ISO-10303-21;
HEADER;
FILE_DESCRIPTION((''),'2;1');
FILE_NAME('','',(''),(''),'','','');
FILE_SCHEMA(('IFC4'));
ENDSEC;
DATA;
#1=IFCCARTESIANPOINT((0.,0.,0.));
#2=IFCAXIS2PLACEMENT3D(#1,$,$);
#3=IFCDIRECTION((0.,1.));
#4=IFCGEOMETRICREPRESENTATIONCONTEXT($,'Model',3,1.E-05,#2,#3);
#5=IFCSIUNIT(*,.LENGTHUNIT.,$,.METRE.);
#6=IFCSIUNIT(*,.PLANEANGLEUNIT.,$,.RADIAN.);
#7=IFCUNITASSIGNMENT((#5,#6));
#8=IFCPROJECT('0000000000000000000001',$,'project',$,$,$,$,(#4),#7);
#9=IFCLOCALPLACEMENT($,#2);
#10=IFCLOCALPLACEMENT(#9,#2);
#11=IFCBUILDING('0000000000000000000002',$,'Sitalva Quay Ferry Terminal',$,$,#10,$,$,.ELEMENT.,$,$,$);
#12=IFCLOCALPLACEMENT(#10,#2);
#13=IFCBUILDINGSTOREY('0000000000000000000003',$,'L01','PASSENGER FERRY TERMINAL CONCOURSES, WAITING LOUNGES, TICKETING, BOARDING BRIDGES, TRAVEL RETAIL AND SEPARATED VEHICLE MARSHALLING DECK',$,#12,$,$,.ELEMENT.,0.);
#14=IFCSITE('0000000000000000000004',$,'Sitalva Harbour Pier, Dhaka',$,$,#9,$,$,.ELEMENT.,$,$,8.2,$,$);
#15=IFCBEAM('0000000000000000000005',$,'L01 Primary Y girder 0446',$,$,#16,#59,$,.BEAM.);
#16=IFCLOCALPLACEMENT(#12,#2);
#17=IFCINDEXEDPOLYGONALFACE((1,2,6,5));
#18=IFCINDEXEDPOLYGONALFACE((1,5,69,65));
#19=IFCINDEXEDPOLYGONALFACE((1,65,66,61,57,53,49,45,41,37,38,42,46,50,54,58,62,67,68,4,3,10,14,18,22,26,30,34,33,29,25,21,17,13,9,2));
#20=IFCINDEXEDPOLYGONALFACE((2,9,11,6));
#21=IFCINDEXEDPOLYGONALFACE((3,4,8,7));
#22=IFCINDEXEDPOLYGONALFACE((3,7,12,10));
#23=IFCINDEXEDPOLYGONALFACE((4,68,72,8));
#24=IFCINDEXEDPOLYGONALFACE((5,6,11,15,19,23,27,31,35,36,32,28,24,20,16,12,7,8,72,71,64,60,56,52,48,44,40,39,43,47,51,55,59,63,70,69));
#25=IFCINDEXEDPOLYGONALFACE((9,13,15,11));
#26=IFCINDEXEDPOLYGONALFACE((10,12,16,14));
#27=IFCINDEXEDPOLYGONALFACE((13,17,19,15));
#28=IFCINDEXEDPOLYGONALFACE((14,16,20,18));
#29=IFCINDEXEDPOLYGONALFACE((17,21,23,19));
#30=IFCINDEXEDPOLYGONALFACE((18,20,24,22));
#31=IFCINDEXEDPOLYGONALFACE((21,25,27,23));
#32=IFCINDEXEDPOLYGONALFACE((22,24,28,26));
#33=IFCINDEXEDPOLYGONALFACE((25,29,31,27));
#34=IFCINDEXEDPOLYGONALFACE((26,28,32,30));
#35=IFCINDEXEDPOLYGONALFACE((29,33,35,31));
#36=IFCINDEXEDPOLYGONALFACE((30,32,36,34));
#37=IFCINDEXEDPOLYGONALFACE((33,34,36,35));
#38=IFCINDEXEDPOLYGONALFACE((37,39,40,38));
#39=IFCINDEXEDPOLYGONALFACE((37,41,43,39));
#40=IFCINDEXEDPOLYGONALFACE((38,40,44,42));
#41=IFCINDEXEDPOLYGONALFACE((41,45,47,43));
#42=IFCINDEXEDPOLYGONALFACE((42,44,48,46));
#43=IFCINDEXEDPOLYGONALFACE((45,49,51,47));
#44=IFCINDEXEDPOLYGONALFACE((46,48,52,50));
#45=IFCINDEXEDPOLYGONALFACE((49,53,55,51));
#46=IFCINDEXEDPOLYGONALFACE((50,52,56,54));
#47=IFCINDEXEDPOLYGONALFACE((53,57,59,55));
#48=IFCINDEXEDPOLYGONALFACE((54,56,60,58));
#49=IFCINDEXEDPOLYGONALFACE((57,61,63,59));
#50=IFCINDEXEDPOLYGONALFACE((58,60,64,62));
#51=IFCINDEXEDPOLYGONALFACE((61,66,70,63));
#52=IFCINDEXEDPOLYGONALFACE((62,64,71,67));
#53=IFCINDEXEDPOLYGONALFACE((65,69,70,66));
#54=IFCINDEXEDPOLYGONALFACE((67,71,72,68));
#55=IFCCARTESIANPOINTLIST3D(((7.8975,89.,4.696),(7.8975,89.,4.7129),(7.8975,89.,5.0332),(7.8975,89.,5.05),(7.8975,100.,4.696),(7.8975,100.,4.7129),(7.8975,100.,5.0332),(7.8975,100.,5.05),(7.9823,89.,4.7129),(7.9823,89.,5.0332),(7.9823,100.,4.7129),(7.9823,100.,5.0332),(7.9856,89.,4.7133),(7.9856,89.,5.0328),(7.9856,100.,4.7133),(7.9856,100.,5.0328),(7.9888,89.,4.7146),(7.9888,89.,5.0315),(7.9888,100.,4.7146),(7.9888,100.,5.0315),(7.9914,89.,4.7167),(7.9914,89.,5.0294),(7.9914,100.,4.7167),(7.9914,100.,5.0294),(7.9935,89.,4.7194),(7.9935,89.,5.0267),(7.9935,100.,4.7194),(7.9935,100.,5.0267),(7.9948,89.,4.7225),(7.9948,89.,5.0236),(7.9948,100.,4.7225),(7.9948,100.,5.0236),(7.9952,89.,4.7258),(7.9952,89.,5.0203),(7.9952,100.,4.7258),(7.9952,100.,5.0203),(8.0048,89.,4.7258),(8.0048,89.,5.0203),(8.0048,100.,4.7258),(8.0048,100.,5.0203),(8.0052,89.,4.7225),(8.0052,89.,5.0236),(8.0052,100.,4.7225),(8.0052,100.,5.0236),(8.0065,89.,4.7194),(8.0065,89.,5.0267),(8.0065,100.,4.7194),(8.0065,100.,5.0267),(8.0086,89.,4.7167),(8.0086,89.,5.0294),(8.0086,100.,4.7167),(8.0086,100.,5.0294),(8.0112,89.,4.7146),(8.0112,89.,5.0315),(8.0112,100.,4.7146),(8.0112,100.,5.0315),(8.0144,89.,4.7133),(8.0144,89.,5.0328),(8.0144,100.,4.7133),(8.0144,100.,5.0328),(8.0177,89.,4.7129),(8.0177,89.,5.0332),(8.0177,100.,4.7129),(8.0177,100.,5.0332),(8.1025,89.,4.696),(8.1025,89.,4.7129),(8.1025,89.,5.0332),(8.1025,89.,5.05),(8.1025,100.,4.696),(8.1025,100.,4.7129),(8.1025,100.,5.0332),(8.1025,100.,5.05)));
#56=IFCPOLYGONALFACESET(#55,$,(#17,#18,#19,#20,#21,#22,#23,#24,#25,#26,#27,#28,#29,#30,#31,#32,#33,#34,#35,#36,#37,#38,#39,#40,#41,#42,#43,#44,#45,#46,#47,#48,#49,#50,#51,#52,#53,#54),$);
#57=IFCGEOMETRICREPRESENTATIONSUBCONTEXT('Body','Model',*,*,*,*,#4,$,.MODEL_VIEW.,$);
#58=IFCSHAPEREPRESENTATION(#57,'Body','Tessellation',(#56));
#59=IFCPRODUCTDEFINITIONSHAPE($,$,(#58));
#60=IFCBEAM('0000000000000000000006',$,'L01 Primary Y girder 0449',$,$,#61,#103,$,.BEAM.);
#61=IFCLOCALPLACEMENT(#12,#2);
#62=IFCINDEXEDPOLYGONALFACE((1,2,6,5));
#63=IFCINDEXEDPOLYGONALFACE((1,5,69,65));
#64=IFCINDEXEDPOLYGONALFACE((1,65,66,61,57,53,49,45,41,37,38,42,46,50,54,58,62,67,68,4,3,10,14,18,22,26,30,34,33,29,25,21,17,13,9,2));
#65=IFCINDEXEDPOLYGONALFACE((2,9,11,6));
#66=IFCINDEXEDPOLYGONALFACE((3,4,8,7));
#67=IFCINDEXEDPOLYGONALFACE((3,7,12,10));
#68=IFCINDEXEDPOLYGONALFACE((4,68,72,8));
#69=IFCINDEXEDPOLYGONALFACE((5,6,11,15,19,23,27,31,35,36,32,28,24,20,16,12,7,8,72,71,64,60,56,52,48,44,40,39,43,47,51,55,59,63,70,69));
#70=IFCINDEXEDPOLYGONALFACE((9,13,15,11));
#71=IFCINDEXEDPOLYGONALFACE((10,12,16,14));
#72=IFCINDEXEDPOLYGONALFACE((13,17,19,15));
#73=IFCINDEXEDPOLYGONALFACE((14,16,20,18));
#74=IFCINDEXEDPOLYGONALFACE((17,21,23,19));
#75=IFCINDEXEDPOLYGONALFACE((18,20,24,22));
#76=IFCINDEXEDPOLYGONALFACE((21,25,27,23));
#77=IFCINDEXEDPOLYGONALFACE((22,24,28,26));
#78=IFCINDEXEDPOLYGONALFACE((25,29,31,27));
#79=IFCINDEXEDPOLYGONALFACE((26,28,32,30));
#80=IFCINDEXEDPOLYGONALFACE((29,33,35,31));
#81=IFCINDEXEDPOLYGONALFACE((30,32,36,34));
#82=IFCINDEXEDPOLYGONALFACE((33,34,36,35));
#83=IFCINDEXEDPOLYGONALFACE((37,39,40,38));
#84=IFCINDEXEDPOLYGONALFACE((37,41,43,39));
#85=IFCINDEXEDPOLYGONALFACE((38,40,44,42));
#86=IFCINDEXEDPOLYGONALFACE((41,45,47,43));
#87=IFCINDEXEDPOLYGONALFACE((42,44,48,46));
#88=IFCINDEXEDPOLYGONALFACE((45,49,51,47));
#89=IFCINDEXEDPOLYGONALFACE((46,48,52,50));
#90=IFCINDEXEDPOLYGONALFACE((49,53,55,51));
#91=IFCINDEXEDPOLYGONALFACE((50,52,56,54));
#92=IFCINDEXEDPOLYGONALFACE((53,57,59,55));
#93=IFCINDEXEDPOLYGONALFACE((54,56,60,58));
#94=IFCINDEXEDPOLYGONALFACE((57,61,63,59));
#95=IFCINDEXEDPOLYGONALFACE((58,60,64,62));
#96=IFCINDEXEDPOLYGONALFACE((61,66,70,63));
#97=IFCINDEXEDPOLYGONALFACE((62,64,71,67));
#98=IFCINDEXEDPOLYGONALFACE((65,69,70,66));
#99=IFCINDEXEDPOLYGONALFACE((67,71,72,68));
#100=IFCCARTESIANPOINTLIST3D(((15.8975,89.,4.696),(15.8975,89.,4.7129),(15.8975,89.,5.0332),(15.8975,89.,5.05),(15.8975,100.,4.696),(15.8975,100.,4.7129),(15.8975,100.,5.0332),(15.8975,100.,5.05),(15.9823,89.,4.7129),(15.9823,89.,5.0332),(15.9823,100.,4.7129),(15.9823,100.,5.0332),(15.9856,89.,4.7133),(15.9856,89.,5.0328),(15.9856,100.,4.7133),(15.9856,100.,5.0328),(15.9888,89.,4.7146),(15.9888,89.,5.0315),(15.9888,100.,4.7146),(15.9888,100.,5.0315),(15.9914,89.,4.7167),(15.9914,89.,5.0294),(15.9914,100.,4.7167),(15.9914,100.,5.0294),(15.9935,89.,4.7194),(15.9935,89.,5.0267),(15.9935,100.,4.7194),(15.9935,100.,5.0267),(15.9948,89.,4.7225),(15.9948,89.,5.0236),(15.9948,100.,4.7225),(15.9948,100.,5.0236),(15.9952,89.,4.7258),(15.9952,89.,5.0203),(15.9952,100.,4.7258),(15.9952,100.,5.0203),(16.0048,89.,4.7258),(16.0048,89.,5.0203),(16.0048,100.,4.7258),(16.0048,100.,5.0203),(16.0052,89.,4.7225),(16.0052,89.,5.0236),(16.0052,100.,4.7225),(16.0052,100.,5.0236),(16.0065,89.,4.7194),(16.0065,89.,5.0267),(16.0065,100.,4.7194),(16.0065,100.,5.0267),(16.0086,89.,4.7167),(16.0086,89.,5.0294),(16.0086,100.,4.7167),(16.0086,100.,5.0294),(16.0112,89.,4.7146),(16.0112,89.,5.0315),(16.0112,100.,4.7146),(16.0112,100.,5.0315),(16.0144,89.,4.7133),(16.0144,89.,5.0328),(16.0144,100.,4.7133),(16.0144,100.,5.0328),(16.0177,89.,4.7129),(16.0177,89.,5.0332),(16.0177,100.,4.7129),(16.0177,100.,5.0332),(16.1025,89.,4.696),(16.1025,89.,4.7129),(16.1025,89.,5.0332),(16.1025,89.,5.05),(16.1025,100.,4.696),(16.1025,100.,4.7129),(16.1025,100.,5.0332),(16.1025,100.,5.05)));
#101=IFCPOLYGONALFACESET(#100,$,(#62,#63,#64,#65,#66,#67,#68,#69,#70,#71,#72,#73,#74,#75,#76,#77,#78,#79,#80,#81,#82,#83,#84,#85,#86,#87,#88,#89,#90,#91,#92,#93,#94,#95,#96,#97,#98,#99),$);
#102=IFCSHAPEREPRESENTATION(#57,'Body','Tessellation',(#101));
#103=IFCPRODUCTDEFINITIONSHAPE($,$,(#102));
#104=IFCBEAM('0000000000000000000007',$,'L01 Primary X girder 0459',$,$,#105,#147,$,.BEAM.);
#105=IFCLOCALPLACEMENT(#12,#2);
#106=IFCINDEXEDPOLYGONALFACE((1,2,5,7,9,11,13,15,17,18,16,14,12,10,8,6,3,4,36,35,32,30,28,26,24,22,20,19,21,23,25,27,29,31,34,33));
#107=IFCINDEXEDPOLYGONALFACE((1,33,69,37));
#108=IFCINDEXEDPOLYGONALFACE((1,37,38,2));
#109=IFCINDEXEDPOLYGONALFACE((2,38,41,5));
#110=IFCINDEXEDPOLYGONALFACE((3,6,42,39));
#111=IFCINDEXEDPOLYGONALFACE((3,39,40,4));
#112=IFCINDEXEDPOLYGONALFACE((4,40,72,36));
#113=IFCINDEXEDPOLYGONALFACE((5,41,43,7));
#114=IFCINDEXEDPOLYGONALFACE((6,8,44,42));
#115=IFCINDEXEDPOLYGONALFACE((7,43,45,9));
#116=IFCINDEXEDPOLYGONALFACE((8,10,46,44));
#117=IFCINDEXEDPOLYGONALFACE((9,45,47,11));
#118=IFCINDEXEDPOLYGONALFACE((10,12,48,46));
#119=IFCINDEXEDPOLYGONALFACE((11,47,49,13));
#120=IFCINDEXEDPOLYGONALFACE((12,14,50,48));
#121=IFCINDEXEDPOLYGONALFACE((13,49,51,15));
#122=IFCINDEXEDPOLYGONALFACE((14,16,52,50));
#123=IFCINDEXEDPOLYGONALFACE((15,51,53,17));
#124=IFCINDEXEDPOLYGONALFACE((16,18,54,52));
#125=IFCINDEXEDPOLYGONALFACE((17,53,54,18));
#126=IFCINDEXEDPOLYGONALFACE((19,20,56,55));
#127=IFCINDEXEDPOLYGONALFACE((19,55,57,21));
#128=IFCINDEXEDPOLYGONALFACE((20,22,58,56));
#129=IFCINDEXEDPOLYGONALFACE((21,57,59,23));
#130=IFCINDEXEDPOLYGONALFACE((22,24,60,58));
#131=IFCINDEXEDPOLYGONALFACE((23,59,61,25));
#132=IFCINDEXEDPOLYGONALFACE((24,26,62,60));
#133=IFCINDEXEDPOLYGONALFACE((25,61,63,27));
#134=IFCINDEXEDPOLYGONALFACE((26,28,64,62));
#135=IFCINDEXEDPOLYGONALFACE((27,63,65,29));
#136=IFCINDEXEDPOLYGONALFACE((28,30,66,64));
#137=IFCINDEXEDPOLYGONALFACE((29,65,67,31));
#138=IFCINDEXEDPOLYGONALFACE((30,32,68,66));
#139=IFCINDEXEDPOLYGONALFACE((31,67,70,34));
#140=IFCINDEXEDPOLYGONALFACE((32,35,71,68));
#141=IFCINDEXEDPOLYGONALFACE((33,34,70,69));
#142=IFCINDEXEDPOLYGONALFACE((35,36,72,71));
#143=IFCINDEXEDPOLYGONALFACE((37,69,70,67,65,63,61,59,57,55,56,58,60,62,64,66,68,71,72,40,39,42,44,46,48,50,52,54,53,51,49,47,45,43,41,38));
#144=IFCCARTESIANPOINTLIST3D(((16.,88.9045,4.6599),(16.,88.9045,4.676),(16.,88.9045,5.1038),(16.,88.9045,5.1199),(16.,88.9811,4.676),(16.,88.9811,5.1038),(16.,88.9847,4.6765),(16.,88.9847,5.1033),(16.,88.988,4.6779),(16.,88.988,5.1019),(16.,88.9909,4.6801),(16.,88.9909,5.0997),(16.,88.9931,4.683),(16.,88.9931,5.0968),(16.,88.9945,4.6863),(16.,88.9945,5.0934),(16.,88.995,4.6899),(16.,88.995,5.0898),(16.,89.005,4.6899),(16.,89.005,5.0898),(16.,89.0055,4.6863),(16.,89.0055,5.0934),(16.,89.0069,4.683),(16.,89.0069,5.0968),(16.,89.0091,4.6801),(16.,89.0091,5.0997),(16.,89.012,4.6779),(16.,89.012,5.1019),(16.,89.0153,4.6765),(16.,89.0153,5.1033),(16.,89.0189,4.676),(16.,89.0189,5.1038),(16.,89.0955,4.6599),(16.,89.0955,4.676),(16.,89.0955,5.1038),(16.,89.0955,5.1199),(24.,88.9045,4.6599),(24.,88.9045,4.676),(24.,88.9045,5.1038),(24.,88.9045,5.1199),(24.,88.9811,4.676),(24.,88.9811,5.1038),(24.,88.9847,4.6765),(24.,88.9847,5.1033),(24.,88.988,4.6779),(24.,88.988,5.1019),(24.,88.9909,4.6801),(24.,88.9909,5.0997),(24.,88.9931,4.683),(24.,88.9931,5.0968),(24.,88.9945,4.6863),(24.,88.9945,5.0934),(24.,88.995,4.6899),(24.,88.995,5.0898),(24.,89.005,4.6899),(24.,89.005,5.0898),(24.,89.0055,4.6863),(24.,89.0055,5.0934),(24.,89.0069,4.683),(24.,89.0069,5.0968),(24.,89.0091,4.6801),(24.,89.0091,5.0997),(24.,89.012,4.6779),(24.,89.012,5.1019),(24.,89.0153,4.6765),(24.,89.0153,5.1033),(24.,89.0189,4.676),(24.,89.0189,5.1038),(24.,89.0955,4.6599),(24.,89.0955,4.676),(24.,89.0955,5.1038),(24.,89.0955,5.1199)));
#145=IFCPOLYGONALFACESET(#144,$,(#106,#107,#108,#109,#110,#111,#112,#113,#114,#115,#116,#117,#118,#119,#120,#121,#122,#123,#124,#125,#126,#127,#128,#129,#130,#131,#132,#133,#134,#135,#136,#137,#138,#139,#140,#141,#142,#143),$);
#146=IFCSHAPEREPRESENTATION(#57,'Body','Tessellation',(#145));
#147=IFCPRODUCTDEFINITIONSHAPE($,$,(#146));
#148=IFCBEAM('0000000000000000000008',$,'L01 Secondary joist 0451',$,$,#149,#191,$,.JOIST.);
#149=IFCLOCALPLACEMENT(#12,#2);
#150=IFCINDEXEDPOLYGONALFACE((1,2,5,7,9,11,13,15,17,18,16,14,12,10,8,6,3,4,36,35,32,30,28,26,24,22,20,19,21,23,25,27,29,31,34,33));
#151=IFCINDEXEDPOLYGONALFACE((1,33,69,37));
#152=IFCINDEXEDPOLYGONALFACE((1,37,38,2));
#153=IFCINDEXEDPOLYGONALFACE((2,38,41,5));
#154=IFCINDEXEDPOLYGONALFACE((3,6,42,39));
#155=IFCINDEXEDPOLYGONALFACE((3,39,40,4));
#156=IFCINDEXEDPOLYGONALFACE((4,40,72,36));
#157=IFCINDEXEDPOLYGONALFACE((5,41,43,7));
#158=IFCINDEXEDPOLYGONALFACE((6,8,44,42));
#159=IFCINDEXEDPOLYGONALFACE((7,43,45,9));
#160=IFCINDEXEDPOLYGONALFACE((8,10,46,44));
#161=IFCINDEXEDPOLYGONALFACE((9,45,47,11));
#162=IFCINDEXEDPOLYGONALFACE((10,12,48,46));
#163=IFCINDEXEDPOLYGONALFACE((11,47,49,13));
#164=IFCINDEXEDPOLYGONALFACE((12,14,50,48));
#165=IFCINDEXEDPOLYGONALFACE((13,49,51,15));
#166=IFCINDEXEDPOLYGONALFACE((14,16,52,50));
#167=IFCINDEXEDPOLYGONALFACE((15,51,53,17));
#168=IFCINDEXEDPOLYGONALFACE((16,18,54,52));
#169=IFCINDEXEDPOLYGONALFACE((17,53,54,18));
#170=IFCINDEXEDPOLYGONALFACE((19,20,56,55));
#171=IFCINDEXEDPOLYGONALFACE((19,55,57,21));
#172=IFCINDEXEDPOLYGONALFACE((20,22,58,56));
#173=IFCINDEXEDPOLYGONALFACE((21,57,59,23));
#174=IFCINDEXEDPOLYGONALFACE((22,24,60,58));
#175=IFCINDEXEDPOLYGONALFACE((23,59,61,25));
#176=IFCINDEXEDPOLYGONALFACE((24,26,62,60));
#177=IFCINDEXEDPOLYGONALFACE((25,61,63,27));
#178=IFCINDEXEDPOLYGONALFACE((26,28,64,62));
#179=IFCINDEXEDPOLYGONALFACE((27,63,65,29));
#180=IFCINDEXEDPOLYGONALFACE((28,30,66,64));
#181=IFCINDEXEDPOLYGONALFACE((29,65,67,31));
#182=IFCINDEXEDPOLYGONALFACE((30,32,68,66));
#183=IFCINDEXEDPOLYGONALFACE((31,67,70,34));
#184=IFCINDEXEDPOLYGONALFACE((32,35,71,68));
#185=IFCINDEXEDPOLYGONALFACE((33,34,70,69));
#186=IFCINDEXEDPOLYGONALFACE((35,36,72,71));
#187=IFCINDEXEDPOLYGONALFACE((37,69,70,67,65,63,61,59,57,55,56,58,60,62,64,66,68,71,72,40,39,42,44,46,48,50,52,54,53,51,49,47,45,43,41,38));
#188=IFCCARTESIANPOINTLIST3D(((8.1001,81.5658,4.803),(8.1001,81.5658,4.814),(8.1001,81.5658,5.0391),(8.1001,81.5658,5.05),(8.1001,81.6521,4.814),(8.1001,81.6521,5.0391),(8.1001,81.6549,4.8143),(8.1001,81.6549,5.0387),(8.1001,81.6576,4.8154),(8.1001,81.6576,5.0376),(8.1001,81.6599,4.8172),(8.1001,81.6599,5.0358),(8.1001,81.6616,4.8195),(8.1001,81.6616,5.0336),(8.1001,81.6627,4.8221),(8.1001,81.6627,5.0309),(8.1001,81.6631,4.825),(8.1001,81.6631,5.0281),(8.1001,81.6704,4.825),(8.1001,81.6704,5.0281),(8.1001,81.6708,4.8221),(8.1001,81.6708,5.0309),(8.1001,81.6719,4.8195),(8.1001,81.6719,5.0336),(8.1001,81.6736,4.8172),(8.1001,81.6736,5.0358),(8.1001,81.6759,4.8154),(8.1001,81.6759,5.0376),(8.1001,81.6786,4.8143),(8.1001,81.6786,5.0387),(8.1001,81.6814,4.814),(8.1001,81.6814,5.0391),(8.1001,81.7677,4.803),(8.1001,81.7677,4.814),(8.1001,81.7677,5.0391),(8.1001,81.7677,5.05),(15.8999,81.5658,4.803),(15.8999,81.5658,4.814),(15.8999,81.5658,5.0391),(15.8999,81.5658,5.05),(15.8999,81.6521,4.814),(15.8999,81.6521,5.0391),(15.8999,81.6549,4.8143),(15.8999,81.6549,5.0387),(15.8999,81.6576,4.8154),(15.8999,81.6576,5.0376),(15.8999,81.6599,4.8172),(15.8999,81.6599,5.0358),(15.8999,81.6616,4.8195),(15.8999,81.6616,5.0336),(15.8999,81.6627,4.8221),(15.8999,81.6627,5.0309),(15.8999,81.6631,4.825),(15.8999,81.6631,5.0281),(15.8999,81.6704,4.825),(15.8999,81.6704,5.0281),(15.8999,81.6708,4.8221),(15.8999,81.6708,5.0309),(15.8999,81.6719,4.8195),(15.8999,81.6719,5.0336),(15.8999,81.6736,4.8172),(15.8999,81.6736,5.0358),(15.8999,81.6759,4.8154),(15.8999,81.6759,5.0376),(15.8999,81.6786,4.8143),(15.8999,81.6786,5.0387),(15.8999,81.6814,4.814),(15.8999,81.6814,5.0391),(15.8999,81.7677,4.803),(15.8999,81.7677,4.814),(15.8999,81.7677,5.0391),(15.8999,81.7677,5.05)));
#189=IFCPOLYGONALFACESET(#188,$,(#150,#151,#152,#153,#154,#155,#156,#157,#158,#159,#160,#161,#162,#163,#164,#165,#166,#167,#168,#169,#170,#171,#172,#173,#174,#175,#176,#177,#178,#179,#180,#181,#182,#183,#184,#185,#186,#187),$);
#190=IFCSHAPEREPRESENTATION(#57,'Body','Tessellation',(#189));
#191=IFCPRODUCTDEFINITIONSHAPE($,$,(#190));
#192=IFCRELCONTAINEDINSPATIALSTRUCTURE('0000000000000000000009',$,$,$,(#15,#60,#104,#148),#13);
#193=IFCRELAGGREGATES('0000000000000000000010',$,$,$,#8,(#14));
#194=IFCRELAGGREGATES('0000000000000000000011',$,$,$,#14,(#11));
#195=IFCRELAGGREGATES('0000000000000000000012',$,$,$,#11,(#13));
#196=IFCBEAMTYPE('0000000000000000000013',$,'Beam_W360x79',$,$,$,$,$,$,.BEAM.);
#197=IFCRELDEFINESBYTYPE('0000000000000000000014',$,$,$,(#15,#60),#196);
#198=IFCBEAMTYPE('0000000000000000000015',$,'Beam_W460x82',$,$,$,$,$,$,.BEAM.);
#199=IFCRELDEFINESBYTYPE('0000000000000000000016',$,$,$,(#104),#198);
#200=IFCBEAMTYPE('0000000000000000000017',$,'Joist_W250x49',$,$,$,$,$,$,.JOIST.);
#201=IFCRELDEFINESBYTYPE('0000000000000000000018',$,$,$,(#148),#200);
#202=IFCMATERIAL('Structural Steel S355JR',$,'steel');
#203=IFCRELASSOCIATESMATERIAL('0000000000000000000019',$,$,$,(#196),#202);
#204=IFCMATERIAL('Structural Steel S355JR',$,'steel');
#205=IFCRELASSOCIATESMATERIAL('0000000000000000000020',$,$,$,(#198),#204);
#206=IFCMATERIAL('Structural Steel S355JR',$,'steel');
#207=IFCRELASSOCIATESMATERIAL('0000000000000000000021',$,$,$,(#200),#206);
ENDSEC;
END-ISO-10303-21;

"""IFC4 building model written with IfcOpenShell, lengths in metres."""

from ifc_helpers import new_model, si_unit, direction, frame, origin, origin_2d, place, context, subcontext, project, spatial, i_section, extrude, material, material_profile, profile_set, type_object, element, save


model = new_model("IFC4")

# Units and contexts
model_context = context("Model", 3, precision=1e-05, world=origin(), true_north=direction((0.0, 1.0)))
body_context = subcontext(model_context, "Body", "Model", "MODEL_VIEW")
ifc_project = project(units=[si_unit("LENGTHUNIT", "METRE"), si_unit("PLANEANGLEUNIT", "RADIAN")], contexts=[model_context])

# Site, building, storey
site_placement = place(None, origin())
site = spatial("IfcSite", under=ifc_project, at=site_placement, Name="Sitalva Harbour Pier, Dhaka", CompositionType="ELEMENT", RefElevation=8.2)
building_placement = place(site_placement, origin())
building = spatial("IfcBuilding", under=site, at=building_placement, Name="Sitalva Quay Ferry Terminal", CompositionType="ELEMENT")
storey_placement = place(building_placement, origin())
storey = spatial("IfcBuildingStorey", under=building, at=storey_placement, Name="L01", Description="PASSENGER FERRY TERMINAL CONCOURSES, WAITING LOUNGES, TICKETING, BOARDING BRIDGES, TRAVEL RETAIL AND SEPARATED VEHICLE MARSHALLING DECK", CompositionType="ELEMENT", Elevation=0.0)

# Beams
ifc_material_1 = material(Name="Structural Steel S355JR", Category="steel")
ifc_material_profile_1 = material_profile(ifc_material_1, i_section(OverallWidth=0.2051, OverallDepth=0.354, WebThickness=0.0095, FlangeThickness=0.0168, FilletRadius=0.0129, at=origin_2d()), Name="W360x79")
ifc_profile_set_1 = profile_set([ifc_material_profile_1], Name="Structural Steel S355JR")
beam_type_1 = type_object("IfcBeamType", Name="Beam_W360x79", PredefinedType="BEAM", material=ifc_profile_set_1)
for number, where, z_axis, x_axis, name in (
    (1, (8.0, 89.0, 4.873), (0.0, 1.0, 0.0), (-1.0, 0.0, 0.0), "L01 Primary Y girder 0446"),
    (2, (16.0, 89.0, 4.873), (0.0, 1.0, 0.0), (-1.0, 0.0, 0.0), "L01 Primary Y girder 0449"),
):
    element("IfcBeam", number, at=place(storey_placement, frame(where, z_axis=z_axis, x_axis=x_axis)), inside=storey, type_object=beam_type_1, Name=name, PredefinedType="BEAM", context=body_context, shape_type="SweptSolid", body=[
        extrude(i_section(OverallWidth=0.2051, OverallDepth=0.354, WebThickness=0.0095, FlangeThickness=0.0168, FilletRadius=0.0129, at=origin_2d()), origin(), (0.0, 0.0, 1.0), 11.0),
    ])
ifc_material_2 = material(Name="Structural Steel S355JR", Category="steel")
ifc_material_profile_2 = material_profile(ifc_material_2, i_section(OverallWidth=0.1909, OverallDepth=0.46, WebThickness=0.01, FlangeThickness=0.0161, FilletRadius=0.0139, at=origin_2d()), Name="W460x82")
ifc_profile_set_2 = profile_set([ifc_material_profile_2], Name="Structural Steel S355JR")
beam_type_2 = type_object("IfcBeamType", Name="Beam_W460x82", PredefinedType="BEAM", material=ifc_profile_set_2)
beam_1_placement = place(storey_placement, frame((16.0, 89.0, 4.8899), z_axis=(1.0, 0.0, 0.0), x_axis=(0.0, 1.0, 0.0)))
element("IfcBeam", 3, at=beam_1_placement, inside=storey, type_object=beam_type_2, Name="L01 Primary X girder 0459", PredefinedType="BEAM", context=body_context, shape_type="SweptSolid", body=[
    extrude(i_section(OverallWidth=0.1909, OverallDepth=0.46, WebThickness=0.01, FlangeThickness=0.0161, FilletRadius=0.0139, at=origin_2d()), origin(), (0.0, 0.0, 1.0), 8.0),
])
ifc_material_3 = material(Name="Structural Steel S355JR", Category="steel")
ifc_material_profile_3 = material_profile(ifc_material_3, i_section(OverallWidth=0.2019, OverallDepth=0.2471, WebThickness=0.0073, FlangeThickness=0.011, FilletRadius=0.011, at=origin_2d()), Name="W250x49")
ifc_profile_set_3 = profile_set([ifc_material_profile_3], Name="Structural Steel S355JR")
beam_type_3 = type_object("IfcBeamType", Name="Joist_W250x49", PredefinedType="JOIST", material=ifc_profile_set_3)
for number, where, z_axis, x_axis, name in (
    (4, (8.1001, 81.6667, 4.9265), (1.0, 0.0, 0.0), (0.0, 1.0, 0.0), "L01 Secondary joist 0451"),
):
    element("IfcBeam", number, at=place(storey_placement, frame(where, z_axis=z_axis, x_axis=x_axis)), inside=storey, type_object=beam_type_3, Name=name, PredefinedType="JOIST", context=body_context, shape_type="SweptSolid", body=[
        extrude(i_section(OverallWidth=0.2019, OverallDepth=0.2471, WebThickness=0.0073, FlangeThickness=0.011, FilletRadius=0.011, at=origin_2d()), origin(), (0.0, 0.0, 1.0), 7.7998),
    ])

save(model, "model.ifc")
